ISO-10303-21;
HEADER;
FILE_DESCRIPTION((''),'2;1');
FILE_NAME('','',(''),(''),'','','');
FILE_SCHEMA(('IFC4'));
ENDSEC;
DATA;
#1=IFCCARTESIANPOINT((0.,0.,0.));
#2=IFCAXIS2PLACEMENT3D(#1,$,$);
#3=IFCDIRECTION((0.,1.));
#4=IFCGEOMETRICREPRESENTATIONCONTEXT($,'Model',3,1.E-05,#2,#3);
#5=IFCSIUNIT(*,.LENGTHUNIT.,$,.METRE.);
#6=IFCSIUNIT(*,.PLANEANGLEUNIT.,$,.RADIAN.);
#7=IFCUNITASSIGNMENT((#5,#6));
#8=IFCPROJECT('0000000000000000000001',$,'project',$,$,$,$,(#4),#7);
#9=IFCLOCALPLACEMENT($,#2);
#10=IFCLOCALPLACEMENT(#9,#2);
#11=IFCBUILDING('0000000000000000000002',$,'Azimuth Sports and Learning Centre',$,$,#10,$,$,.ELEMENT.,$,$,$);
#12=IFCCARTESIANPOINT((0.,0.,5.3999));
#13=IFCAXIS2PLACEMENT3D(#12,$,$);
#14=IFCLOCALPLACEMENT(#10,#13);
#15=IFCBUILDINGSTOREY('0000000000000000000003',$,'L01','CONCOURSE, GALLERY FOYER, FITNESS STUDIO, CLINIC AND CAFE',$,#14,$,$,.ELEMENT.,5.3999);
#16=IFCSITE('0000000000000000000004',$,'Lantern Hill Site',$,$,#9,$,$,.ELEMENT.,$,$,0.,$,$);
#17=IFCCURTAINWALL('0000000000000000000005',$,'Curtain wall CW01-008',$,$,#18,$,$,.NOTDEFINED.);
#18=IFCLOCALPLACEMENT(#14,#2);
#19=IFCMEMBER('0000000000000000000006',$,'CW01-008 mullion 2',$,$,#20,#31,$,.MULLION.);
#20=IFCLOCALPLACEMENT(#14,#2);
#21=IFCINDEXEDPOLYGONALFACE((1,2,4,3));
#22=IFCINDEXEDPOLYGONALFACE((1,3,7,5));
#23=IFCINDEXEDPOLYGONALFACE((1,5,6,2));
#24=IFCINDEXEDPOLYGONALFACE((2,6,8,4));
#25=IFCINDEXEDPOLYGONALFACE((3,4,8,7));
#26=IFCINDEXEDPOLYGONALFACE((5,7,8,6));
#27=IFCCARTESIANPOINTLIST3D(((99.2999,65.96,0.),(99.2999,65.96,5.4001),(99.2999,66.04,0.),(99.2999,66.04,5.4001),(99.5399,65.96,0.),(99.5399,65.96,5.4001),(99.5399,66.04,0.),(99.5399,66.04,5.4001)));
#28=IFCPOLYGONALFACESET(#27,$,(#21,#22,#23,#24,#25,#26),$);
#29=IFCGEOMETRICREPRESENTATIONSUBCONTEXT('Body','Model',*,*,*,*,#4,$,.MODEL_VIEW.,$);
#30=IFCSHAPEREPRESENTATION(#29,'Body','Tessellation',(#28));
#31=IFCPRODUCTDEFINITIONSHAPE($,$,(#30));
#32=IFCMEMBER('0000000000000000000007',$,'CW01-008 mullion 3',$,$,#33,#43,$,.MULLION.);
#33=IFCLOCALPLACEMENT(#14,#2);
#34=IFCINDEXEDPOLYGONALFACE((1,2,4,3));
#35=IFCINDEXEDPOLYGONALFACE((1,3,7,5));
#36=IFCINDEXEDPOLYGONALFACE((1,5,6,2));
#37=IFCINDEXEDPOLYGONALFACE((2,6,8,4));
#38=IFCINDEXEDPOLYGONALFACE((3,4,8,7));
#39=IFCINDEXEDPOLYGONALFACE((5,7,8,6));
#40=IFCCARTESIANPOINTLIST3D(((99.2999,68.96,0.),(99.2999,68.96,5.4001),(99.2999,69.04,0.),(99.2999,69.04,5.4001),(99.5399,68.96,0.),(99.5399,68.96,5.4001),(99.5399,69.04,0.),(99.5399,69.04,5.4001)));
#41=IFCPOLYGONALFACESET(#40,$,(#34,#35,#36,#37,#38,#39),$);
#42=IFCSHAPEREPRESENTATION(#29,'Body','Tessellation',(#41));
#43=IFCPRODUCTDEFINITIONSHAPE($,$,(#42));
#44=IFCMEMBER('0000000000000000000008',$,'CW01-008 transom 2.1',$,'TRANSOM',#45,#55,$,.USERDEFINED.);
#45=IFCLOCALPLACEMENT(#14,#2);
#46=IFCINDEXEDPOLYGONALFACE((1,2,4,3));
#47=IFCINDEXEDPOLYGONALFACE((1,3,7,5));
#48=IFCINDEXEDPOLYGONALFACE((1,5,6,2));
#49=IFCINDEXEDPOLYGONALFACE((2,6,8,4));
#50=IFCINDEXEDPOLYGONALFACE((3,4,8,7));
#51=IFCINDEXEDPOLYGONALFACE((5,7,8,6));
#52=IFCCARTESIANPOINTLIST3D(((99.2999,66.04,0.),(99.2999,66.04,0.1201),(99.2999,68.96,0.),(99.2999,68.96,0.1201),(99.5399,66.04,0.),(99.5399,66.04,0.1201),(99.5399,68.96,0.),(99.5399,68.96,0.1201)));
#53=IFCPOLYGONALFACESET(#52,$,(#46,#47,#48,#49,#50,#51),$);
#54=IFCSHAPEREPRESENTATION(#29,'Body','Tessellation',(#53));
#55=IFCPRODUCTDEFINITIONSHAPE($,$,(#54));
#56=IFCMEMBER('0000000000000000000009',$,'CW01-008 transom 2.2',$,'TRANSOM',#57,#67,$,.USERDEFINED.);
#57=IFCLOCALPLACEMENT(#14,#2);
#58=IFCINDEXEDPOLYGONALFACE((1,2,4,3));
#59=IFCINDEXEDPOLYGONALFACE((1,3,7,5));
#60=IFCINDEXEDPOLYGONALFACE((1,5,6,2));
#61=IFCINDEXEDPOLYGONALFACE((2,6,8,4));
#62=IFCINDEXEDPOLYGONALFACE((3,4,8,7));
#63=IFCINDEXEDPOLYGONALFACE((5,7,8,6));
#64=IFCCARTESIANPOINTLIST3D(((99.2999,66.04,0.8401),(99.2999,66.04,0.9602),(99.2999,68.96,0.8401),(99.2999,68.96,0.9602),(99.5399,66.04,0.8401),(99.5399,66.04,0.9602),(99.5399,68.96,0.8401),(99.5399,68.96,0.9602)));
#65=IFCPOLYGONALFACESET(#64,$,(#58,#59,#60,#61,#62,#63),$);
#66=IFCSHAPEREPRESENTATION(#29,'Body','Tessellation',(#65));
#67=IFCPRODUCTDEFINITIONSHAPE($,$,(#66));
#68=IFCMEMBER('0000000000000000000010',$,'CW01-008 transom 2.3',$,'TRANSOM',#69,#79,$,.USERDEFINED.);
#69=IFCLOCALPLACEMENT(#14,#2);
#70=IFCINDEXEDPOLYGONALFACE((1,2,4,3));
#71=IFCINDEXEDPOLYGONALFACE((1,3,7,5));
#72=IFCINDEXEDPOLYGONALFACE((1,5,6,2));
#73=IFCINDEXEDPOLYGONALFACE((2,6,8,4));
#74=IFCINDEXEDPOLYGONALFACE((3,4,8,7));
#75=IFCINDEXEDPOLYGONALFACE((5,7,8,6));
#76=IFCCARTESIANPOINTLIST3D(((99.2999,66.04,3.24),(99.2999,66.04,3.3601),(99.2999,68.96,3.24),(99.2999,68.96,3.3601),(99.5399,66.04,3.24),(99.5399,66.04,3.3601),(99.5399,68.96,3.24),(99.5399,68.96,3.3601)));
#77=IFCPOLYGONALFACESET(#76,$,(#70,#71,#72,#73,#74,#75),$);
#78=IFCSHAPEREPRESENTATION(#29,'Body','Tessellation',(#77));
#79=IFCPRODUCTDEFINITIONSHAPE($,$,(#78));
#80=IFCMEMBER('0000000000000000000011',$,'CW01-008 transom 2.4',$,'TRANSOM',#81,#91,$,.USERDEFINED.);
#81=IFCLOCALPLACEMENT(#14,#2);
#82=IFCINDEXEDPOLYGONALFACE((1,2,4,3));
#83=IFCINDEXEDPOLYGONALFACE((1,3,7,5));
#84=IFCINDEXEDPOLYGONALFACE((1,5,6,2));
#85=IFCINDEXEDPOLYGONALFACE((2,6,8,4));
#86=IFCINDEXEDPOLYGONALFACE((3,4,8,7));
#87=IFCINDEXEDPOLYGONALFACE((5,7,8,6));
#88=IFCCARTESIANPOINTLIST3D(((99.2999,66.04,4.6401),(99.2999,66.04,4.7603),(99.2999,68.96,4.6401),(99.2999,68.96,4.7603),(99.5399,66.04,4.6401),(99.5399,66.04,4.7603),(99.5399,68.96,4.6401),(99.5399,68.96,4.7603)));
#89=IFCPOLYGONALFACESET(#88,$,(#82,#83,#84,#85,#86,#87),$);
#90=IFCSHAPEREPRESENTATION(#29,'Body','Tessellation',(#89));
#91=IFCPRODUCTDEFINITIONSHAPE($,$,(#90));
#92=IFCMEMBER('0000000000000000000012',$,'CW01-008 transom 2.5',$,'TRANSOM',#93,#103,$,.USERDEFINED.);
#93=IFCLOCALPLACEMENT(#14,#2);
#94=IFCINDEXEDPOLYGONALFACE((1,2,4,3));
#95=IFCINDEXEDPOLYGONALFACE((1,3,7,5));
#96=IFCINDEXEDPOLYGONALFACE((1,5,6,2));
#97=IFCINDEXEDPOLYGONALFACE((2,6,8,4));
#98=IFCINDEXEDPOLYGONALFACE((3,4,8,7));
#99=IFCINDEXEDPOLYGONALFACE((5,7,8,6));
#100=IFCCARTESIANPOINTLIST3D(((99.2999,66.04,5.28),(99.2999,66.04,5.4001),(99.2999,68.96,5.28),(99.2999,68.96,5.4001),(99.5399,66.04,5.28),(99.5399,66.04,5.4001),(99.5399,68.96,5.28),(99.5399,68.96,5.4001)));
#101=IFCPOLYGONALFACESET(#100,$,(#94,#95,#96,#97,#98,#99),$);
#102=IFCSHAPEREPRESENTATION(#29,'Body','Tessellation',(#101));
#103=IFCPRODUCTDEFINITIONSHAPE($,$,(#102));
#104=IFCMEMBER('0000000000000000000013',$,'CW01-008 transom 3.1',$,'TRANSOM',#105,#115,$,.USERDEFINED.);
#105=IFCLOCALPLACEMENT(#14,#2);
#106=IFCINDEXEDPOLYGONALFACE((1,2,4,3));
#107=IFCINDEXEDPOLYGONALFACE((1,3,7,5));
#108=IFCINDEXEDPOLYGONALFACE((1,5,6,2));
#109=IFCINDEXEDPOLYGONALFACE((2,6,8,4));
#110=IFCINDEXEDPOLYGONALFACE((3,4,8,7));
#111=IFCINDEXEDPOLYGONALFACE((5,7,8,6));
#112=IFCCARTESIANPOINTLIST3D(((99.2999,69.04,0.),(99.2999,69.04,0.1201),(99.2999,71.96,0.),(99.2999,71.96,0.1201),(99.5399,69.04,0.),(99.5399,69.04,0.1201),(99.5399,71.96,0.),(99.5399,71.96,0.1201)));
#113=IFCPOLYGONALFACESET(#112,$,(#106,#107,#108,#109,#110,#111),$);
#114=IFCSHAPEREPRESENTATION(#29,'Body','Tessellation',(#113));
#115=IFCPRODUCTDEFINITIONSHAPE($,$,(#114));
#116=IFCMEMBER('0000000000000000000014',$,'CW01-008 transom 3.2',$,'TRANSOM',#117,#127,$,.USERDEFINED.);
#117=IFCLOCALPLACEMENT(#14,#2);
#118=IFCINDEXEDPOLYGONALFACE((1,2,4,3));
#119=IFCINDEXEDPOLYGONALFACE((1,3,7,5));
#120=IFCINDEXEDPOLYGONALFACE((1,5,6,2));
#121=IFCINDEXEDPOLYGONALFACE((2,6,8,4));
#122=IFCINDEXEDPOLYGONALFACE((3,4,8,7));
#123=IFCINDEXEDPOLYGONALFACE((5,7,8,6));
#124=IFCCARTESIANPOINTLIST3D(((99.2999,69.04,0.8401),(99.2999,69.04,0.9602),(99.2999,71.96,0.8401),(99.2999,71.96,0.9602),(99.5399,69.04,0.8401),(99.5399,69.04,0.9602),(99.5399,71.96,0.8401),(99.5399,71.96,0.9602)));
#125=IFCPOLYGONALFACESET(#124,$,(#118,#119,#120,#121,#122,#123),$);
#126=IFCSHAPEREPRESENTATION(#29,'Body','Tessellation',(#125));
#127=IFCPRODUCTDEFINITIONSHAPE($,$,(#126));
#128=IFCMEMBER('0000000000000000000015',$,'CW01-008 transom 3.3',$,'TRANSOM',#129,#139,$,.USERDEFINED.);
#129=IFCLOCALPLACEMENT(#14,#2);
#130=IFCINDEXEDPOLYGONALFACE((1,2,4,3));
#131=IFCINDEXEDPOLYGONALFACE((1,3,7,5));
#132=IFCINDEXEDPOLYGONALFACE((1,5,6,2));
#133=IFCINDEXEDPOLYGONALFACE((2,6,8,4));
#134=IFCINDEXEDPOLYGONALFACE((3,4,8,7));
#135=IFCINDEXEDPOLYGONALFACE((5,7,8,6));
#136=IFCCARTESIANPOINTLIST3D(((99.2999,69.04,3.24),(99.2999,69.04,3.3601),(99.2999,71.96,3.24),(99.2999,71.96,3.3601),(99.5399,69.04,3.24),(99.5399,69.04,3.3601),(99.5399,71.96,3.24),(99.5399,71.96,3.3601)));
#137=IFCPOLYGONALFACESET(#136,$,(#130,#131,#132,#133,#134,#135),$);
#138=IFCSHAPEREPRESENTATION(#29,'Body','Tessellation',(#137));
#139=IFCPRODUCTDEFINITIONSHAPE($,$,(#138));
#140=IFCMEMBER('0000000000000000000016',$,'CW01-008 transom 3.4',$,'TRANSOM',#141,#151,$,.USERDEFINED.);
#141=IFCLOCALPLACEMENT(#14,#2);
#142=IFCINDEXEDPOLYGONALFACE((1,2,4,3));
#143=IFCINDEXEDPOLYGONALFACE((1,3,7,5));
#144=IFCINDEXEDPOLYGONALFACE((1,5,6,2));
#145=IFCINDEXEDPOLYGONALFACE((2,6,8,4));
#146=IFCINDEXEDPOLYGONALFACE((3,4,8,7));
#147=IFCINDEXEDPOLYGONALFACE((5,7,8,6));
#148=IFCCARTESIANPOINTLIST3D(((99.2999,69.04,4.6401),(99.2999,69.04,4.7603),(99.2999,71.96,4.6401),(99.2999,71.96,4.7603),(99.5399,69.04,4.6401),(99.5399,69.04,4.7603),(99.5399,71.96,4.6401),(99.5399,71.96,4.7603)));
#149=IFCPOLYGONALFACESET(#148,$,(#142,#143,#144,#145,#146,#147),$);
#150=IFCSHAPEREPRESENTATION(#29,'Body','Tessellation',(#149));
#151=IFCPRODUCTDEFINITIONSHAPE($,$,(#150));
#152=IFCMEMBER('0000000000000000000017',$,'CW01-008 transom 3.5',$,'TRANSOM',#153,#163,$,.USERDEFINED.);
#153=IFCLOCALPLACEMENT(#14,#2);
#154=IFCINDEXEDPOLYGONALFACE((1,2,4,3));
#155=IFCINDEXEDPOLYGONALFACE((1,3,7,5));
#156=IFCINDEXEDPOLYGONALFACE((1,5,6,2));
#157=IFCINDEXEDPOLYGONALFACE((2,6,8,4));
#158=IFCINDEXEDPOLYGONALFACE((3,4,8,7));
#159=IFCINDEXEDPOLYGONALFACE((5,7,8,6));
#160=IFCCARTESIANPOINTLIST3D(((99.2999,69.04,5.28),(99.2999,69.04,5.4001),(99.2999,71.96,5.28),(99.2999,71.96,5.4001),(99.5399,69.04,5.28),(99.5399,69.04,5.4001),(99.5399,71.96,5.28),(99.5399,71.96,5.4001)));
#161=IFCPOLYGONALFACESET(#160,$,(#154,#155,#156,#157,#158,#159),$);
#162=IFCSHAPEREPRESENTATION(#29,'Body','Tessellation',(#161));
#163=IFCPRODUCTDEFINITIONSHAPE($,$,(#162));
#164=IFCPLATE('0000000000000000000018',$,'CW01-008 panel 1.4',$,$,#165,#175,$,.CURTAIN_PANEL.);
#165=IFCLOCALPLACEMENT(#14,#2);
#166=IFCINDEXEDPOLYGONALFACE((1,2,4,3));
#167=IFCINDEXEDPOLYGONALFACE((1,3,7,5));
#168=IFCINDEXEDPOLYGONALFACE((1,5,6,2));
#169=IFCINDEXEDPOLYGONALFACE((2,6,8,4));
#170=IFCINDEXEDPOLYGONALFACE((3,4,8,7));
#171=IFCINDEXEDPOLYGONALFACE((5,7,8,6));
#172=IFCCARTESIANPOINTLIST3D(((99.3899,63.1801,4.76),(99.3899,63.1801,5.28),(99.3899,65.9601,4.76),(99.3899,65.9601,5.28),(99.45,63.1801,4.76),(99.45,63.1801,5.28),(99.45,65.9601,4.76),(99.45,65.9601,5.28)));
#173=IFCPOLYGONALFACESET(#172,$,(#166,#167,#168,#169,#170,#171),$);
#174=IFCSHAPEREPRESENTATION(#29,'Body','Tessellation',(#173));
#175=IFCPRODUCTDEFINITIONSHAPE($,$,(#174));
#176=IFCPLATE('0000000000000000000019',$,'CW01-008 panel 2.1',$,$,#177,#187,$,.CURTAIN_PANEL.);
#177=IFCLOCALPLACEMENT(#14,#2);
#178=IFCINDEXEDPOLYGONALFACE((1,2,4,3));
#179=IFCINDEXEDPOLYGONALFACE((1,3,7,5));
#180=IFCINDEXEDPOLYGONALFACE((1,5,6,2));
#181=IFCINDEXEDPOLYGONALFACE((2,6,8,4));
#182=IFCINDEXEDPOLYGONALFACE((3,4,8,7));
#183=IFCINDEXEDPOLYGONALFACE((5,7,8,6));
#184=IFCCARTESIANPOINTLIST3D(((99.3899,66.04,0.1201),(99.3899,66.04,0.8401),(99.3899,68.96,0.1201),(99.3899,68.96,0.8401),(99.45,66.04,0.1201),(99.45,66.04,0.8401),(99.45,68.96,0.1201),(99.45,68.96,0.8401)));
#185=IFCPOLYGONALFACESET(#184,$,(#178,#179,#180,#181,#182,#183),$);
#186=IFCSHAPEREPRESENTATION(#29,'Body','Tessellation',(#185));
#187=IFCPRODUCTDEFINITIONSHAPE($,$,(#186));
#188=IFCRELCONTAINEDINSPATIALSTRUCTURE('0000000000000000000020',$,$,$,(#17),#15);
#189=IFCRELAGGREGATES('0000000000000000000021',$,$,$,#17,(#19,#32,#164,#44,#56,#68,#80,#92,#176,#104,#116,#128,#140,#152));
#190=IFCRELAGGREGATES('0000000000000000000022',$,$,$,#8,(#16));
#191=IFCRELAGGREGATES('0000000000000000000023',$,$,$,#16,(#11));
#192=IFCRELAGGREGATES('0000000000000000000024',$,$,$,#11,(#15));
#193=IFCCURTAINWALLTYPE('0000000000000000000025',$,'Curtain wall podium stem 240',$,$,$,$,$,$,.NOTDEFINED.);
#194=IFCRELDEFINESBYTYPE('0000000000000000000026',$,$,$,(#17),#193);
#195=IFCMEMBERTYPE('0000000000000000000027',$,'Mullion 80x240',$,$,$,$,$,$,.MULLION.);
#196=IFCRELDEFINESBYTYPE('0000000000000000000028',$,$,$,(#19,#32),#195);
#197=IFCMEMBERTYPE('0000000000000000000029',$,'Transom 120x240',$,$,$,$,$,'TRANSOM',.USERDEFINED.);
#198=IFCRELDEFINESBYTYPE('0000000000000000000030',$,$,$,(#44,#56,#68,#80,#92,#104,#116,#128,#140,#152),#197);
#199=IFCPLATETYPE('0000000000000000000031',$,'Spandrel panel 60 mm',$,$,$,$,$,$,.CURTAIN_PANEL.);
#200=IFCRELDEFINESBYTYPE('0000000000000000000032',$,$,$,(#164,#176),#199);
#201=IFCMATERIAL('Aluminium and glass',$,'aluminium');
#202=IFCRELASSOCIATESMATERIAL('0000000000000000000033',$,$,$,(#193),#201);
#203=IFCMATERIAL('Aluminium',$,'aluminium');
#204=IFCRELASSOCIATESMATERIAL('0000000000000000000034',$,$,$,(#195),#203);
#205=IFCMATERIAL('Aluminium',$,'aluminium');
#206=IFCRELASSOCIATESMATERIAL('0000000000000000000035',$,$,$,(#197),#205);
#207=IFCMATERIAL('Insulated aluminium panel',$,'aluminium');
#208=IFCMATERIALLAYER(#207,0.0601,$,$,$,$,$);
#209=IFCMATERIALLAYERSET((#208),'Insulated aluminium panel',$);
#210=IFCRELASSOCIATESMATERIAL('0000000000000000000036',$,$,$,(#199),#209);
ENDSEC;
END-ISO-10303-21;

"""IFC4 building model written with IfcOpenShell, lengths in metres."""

from ifc_helpers import new_model, si_unit, direction, frame, origin, origin_2d, place, context, subcontext, project, spatial, rectangle, extrude, material, layer, layer_set, material_profile, profile_set, type_object, element, aggregate, save


model = new_model("IFC4")

# Units and contexts
model_context = context("Model", 3, precision=1e-05, world=origin(), true_north=direction((0.0, 1.0)))
body_context = subcontext(model_context, "Body", "Model", "MODEL_VIEW")
ifc_project = project(units=[si_unit("LENGTHUNIT", "METRE"), si_unit("PLANEANGLEUNIT", "RADIAN")], contexts=[model_context])

# Site, building, storey
site_placement = place(None, origin())
site = spatial("IfcSite", under=ifc_project, at=site_placement, Name="Lantern Hill Site", CompositionType="ELEMENT", RefElevation=0.0)
building_placement = place(site_placement, origin())
building = spatial("IfcBuilding", under=site, at=building_placement, Name="Azimuth Sports and Learning Centre", CompositionType="ELEMENT")
storey_placement = place(building_placement, frame((0.0, 0.0, 5.3999)))
storey = spatial("IfcBuildingStorey", under=building, at=storey_placement, Name="L01", Description="CONCOURSE, GALLERY FOYER, FITNESS STUDIO, CLINIC AND CAFE", CompositionType="ELEMENT", Elevation=5.3999)

# Curtain wall, members, plates
ifc_material_1 = material(Name="Aluminium and glass", Category="aluminium")
curtain_wall_type = type_object("IfcCurtainWallType", Name="Curtain wall podium stem 240", PredefinedType="NOTDEFINED", material=ifc_material_1)
curtain_wall_placement = place(storey_placement, origin())
curtain_wall = element("IfcCurtainWall", 1, at=curtain_wall_placement, inside=storey, type_object=curtain_wall_type, Name="Curtain wall CW01-008", PredefinedType="NOTDEFINED")
ifc_material_2 = material(Name="Aluminium", Category="aluminium")
ifc_material_profile_1 = material_profile(ifc_material_2, rectangle(XDim=0.24, YDim=0.0801, at=origin_2d()), Name="Mullion 80x240")
ifc_profile_set_1 = profile_set([ifc_material_profile_1], Name="Aluminium")
member_type_1 = type_object("IfcMemberType", Name="Mullion 80x240", PredefinedType="MULLION", material=ifc_profile_set_1)
member_1_placement = place(storey_placement, frame((99.4199, 66.0, 0.0), z_axis=(0.0, 0.0, 1.0), x_axis=(-1.0, 0.0, 0.0)))
member_1 = element("IfcMember", 2, at=member_1_placement, type_object=member_type_1, Name="CW01-008 mullion 2", PredefinedType="MULLION", context=body_context, shape_type="SweptSolid", body=[
    extrude(rectangle(XDim=0.24, YDim=0.0801, at=origin_2d()), origin(), (0.0, 0.0, 1.0), 5.4001),
])
member_2_placement = place(storey_placement, frame((99.4199, 69.0, 0.0), z_axis=(0.0, 0.0, 1.0), x_axis=(-1.0, 0.0, 0.0)))
member_2 = element("IfcMember", 3, at=member_2_placement, type_object=member_type_1, Name="CW01-008 mullion 3", PredefinedType="MULLION", context=body_context, shape_type="SweptSolid", body=[
    extrude(rectangle(XDim=0.24, YDim=0.0801, at=origin_2d()), origin(), (0.0, 0.0, 1.0), 5.4001),
])
ifc_material_3 = material(Name="Aluminium", Category="aluminium")
ifc_material_profile_2 = material_profile(ifc_material_3, rectangle(XDim=0.24, YDim=0.1201, at=origin_2d()), Name="Transom 120x240")
ifc_profile_set_2 = profile_set([ifc_material_profile_2], Name="Aluminium")
member_type_2 = type_object("IfcMemberType", Name="Transom 120x240", ElementType="TRANSOM", PredefinedType="USERDEFINED", material=ifc_profile_set_2)
member_3_placement = place(storey_placement, frame((99.4199, 66.04, 0.0601), z_axis=(0.0, 1.0, 0.0), x_axis=(-1.0, 0.0, 0.0)))
member_3 = element("IfcMember", 4, at=member_3_placement, type_object=member_type_2, Name="CW01-008 transom 2.1", ObjectType="TRANSOM", PredefinedType="USERDEFINED", context=body_context, shape_type="SweptSolid", body=[
    extrude(rectangle(XDim=0.24, YDim=0.1201, at=origin_2d()), origin(), (0.0, 0.0, 1.0), 2.9199),
])
member_4_placement = place(storey_placement, frame((99.4199, 66.04, 0.9001), z_axis=(0.0, 1.0, 0.0), x_axis=(-1.0, 0.0, 0.0)))
member_4 = element("IfcMember", 5, at=member_4_placement, type_object=member_type_2, Name="CW01-008 transom 2.2", ObjectType="TRANSOM", PredefinedType="USERDEFINED", context=body_context, shape_type="SweptSolid", body=[
    extrude(rectangle(XDim=0.24, YDim=0.1201, at=origin_2d()), origin(), (0.0, 0.0, 1.0), 2.9199),
])
member_5_placement = place(storey_placement, frame((99.4199, 66.04, 3.3), z_axis=(0.0, 1.0, 0.0), x_axis=(-1.0, 0.0, 0.0)))
member_5 = element("IfcMember", 6, at=member_5_placement, type_object=member_type_2, Name="CW01-008 transom 2.3", ObjectType="TRANSOM", PredefinedType="USERDEFINED", context=body_context, shape_type="SweptSolid", body=[
    extrude(rectangle(XDim=0.24, YDim=0.1201, at=origin_2d()), origin(), (0.0, 0.0, 1.0), 2.9199),
])
member_6_placement = place(storey_placement, frame((99.4199, 66.04, 4.7002), z_axis=(0.0, 1.0, 0.0), x_axis=(-1.0, 0.0, 0.0)))
member_6 = element("IfcMember", 7, at=member_6_placement, type_object=member_type_2, Name="CW01-008 transom 2.4", ObjectType="TRANSOM", PredefinedType="USERDEFINED", context=body_context, shape_type="SweptSolid", body=[
    extrude(rectangle(XDim=0.24, YDim=0.1201, at=origin_2d()), origin(), (0.0, 0.0, 1.0), 2.9199),
])
member_7_placement = place(storey_placement, frame((99.4199, 66.04, 5.3401), z_axis=(0.0, 1.0, 0.0), x_axis=(-1.0, 0.0, 0.0)))
member_7 = element("IfcMember", 8, at=member_7_placement, type_object=member_type_2, Name="CW01-008 transom 2.5", ObjectType="TRANSOM", PredefinedType="USERDEFINED", context=body_context, shape_type="SweptSolid", body=[
    extrude(rectangle(XDim=0.24, YDim=0.1201, at=origin_2d()), origin(), (0.0, 0.0, 1.0), 2.9199),
])
member_8_placement = place(storey_placement, frame((99.4199, 69.04, 0.0601), z_axis=(0.0, 1.0, 0.0), x_axis=(-1.0, 0.0, 0.0)))
member_8 = element("IfcMember", 9, at=member_8_placement, type_object=member_type_2, Name="CW01-008 transom 3.1", ObjectType="TRANSOM", PredefinedType="USERDEFINED", context=body_context, shape_type="SweptSolid", body=[
    extrude(rectangle(XDim=0.24, YDim=0.1201, at=origin_2d()), origin(), (0.0, 0.0, 1.0), 2.9199),
])
member_9_placement = place(storey_placement, frame((99.4199, 69.04, 0.9001), z_axis=(0.0, 1.0, 0.0), x_axis=(-1.0, 0.0, 0.0)))
member_9 = element("IfcMember", 10, at=member_9_placement, type_object=member_type_2, Name="CW01-008 transom 3.2", ObjectType="TRANSOM", PredefinedType="USERDEFINED", context=body_context, shape_type="SweptSolid", body=[
    extrude(rectangle(XDim=0.24, YDim=0.1201, at=origin_2d()), origin(), (0.0, 0.0, 1.0), 2.9199),
])
member_10_placement = place(storey_placement, frame((99.4199, 69.04, 3.3), z_axis=(0.0, 1.0, 0.0), x_axis=(-1.0, 0.0, 0.0)))
member_10 = element("IfcMember", 11, at=member_10_placement, type_object=member_type_2, Name="CW01-008 transom 3.3", ObjectType="TRANSOM", PredefinedType="USERDEFINED", context=body_context, shape_type="SweptSolid", body=[
    extrude(rectangle(XDim=0.24, YDim=0.1201, at=origin_2d()), origin(), (0.0, 0.0, 1.0), 2.9199),
])
member_11_placement = place(storey_placement, frame((99.4199, 69.04, 4.7002), z_axis=(0.0, 1.0, 0.0), x_axis=(-1.0, 0.0, 0.0)))
member_11 = element("IfcMember", 12, at=member_11_placement, type_object=member_type_2, Name="CW01-008 transom 3.4", ObjectType="TRANSOM", PredefinedType="USERDEFINED", context=body_context, shape_type="SweptSolid", body=[
    extrude(rectangle(XDim=0.24, YDim=0.1201, at=origin_2d()), origin(), (0.0, 0.0, 1.0), 2.9199),
])
member_12_placement = place(storey_placement, frame((99.4199, 69.04, 5.3401), z_axis=(0.0, 1.0, 0.0), x_axis=(-1.0, 0.0, 0.0)))
member_12 = element("IfcMember", 13, at=member_12_placement, type_object=member_type_2, Name="CW01-008 transom 3.5", ObjectType="TRANSOM", PredefinedType="USERDEFINED", context=body_context, shape_type="SweptSolid", body=[
    extrude(rectangle(XDim=0.24, YDim=0.1201, at=origin_2d()), origin(), (0.0, 0.0, 1.0), 2.9199),
])
ifc_material_4 = material(Name="Insulated aluminium panel", Category="aluminium")
ifc_layer_1 = layer(ifc_material_4, 0.0601)
ifc_layer_set_1 = layer_set([ifc_layer_1], Name="Insulated aluminium panel")
plate_type_1 = type_object("IfcPlateType", Name="Spandrel panel 60 mm", PredefinedType="CURTAIN_PANEL", material=ifc_layer_set_1)
plate_1_placement = place(storey_placement, frame((99.4199, 64.5701, 4.76), z_axis=(0.0, 0.0, 1.0), x_axis=(0.0, 1.0, 0.0)))
plate_1 = element("IfcPlate", 14, at=plate_1_placement, type_object=plate_type_1, Name="CW01-008 panel 1.4", PredefinedType="CURTAIN_PANEL", context=body_context, shape_type="SweptSolid", body=[
    extrude(rectangle(XDim=2.78, YDim=0.0601, at=origin_2d()), origin(), (0.0, 0.0, 1.0), 0.52),
])
plate_2_placement = place(storey_placement, frame((99.4199, 67.5, 0.1201), z_axis=(0.0, 0.0, 1.0), x_axis=(0.0, 1.0, 0.0)))
plate_2 = element("IfcPlate", 15, at=plate_2_placement, type_object=plate_type_1, Name="CW01-008 panel 2.1", PredefinedType="CURTAIN_PANEL", context=body_context, shape_type="SweptSolid", body=[
    extrude(rectangle(XDim=2.9199, YDim=0.0601, at=origin_2d()), origin(), (0.0, 0.0, 1.0), 0.72),
])
aggregate(curtain_wall, [member_1, member_2, plate_1, member_3, member_4, member_5, member_6, member_7, plate_2, member_8, member_9, member_10, member_11, member_12])

save(model, "model.ifc")
